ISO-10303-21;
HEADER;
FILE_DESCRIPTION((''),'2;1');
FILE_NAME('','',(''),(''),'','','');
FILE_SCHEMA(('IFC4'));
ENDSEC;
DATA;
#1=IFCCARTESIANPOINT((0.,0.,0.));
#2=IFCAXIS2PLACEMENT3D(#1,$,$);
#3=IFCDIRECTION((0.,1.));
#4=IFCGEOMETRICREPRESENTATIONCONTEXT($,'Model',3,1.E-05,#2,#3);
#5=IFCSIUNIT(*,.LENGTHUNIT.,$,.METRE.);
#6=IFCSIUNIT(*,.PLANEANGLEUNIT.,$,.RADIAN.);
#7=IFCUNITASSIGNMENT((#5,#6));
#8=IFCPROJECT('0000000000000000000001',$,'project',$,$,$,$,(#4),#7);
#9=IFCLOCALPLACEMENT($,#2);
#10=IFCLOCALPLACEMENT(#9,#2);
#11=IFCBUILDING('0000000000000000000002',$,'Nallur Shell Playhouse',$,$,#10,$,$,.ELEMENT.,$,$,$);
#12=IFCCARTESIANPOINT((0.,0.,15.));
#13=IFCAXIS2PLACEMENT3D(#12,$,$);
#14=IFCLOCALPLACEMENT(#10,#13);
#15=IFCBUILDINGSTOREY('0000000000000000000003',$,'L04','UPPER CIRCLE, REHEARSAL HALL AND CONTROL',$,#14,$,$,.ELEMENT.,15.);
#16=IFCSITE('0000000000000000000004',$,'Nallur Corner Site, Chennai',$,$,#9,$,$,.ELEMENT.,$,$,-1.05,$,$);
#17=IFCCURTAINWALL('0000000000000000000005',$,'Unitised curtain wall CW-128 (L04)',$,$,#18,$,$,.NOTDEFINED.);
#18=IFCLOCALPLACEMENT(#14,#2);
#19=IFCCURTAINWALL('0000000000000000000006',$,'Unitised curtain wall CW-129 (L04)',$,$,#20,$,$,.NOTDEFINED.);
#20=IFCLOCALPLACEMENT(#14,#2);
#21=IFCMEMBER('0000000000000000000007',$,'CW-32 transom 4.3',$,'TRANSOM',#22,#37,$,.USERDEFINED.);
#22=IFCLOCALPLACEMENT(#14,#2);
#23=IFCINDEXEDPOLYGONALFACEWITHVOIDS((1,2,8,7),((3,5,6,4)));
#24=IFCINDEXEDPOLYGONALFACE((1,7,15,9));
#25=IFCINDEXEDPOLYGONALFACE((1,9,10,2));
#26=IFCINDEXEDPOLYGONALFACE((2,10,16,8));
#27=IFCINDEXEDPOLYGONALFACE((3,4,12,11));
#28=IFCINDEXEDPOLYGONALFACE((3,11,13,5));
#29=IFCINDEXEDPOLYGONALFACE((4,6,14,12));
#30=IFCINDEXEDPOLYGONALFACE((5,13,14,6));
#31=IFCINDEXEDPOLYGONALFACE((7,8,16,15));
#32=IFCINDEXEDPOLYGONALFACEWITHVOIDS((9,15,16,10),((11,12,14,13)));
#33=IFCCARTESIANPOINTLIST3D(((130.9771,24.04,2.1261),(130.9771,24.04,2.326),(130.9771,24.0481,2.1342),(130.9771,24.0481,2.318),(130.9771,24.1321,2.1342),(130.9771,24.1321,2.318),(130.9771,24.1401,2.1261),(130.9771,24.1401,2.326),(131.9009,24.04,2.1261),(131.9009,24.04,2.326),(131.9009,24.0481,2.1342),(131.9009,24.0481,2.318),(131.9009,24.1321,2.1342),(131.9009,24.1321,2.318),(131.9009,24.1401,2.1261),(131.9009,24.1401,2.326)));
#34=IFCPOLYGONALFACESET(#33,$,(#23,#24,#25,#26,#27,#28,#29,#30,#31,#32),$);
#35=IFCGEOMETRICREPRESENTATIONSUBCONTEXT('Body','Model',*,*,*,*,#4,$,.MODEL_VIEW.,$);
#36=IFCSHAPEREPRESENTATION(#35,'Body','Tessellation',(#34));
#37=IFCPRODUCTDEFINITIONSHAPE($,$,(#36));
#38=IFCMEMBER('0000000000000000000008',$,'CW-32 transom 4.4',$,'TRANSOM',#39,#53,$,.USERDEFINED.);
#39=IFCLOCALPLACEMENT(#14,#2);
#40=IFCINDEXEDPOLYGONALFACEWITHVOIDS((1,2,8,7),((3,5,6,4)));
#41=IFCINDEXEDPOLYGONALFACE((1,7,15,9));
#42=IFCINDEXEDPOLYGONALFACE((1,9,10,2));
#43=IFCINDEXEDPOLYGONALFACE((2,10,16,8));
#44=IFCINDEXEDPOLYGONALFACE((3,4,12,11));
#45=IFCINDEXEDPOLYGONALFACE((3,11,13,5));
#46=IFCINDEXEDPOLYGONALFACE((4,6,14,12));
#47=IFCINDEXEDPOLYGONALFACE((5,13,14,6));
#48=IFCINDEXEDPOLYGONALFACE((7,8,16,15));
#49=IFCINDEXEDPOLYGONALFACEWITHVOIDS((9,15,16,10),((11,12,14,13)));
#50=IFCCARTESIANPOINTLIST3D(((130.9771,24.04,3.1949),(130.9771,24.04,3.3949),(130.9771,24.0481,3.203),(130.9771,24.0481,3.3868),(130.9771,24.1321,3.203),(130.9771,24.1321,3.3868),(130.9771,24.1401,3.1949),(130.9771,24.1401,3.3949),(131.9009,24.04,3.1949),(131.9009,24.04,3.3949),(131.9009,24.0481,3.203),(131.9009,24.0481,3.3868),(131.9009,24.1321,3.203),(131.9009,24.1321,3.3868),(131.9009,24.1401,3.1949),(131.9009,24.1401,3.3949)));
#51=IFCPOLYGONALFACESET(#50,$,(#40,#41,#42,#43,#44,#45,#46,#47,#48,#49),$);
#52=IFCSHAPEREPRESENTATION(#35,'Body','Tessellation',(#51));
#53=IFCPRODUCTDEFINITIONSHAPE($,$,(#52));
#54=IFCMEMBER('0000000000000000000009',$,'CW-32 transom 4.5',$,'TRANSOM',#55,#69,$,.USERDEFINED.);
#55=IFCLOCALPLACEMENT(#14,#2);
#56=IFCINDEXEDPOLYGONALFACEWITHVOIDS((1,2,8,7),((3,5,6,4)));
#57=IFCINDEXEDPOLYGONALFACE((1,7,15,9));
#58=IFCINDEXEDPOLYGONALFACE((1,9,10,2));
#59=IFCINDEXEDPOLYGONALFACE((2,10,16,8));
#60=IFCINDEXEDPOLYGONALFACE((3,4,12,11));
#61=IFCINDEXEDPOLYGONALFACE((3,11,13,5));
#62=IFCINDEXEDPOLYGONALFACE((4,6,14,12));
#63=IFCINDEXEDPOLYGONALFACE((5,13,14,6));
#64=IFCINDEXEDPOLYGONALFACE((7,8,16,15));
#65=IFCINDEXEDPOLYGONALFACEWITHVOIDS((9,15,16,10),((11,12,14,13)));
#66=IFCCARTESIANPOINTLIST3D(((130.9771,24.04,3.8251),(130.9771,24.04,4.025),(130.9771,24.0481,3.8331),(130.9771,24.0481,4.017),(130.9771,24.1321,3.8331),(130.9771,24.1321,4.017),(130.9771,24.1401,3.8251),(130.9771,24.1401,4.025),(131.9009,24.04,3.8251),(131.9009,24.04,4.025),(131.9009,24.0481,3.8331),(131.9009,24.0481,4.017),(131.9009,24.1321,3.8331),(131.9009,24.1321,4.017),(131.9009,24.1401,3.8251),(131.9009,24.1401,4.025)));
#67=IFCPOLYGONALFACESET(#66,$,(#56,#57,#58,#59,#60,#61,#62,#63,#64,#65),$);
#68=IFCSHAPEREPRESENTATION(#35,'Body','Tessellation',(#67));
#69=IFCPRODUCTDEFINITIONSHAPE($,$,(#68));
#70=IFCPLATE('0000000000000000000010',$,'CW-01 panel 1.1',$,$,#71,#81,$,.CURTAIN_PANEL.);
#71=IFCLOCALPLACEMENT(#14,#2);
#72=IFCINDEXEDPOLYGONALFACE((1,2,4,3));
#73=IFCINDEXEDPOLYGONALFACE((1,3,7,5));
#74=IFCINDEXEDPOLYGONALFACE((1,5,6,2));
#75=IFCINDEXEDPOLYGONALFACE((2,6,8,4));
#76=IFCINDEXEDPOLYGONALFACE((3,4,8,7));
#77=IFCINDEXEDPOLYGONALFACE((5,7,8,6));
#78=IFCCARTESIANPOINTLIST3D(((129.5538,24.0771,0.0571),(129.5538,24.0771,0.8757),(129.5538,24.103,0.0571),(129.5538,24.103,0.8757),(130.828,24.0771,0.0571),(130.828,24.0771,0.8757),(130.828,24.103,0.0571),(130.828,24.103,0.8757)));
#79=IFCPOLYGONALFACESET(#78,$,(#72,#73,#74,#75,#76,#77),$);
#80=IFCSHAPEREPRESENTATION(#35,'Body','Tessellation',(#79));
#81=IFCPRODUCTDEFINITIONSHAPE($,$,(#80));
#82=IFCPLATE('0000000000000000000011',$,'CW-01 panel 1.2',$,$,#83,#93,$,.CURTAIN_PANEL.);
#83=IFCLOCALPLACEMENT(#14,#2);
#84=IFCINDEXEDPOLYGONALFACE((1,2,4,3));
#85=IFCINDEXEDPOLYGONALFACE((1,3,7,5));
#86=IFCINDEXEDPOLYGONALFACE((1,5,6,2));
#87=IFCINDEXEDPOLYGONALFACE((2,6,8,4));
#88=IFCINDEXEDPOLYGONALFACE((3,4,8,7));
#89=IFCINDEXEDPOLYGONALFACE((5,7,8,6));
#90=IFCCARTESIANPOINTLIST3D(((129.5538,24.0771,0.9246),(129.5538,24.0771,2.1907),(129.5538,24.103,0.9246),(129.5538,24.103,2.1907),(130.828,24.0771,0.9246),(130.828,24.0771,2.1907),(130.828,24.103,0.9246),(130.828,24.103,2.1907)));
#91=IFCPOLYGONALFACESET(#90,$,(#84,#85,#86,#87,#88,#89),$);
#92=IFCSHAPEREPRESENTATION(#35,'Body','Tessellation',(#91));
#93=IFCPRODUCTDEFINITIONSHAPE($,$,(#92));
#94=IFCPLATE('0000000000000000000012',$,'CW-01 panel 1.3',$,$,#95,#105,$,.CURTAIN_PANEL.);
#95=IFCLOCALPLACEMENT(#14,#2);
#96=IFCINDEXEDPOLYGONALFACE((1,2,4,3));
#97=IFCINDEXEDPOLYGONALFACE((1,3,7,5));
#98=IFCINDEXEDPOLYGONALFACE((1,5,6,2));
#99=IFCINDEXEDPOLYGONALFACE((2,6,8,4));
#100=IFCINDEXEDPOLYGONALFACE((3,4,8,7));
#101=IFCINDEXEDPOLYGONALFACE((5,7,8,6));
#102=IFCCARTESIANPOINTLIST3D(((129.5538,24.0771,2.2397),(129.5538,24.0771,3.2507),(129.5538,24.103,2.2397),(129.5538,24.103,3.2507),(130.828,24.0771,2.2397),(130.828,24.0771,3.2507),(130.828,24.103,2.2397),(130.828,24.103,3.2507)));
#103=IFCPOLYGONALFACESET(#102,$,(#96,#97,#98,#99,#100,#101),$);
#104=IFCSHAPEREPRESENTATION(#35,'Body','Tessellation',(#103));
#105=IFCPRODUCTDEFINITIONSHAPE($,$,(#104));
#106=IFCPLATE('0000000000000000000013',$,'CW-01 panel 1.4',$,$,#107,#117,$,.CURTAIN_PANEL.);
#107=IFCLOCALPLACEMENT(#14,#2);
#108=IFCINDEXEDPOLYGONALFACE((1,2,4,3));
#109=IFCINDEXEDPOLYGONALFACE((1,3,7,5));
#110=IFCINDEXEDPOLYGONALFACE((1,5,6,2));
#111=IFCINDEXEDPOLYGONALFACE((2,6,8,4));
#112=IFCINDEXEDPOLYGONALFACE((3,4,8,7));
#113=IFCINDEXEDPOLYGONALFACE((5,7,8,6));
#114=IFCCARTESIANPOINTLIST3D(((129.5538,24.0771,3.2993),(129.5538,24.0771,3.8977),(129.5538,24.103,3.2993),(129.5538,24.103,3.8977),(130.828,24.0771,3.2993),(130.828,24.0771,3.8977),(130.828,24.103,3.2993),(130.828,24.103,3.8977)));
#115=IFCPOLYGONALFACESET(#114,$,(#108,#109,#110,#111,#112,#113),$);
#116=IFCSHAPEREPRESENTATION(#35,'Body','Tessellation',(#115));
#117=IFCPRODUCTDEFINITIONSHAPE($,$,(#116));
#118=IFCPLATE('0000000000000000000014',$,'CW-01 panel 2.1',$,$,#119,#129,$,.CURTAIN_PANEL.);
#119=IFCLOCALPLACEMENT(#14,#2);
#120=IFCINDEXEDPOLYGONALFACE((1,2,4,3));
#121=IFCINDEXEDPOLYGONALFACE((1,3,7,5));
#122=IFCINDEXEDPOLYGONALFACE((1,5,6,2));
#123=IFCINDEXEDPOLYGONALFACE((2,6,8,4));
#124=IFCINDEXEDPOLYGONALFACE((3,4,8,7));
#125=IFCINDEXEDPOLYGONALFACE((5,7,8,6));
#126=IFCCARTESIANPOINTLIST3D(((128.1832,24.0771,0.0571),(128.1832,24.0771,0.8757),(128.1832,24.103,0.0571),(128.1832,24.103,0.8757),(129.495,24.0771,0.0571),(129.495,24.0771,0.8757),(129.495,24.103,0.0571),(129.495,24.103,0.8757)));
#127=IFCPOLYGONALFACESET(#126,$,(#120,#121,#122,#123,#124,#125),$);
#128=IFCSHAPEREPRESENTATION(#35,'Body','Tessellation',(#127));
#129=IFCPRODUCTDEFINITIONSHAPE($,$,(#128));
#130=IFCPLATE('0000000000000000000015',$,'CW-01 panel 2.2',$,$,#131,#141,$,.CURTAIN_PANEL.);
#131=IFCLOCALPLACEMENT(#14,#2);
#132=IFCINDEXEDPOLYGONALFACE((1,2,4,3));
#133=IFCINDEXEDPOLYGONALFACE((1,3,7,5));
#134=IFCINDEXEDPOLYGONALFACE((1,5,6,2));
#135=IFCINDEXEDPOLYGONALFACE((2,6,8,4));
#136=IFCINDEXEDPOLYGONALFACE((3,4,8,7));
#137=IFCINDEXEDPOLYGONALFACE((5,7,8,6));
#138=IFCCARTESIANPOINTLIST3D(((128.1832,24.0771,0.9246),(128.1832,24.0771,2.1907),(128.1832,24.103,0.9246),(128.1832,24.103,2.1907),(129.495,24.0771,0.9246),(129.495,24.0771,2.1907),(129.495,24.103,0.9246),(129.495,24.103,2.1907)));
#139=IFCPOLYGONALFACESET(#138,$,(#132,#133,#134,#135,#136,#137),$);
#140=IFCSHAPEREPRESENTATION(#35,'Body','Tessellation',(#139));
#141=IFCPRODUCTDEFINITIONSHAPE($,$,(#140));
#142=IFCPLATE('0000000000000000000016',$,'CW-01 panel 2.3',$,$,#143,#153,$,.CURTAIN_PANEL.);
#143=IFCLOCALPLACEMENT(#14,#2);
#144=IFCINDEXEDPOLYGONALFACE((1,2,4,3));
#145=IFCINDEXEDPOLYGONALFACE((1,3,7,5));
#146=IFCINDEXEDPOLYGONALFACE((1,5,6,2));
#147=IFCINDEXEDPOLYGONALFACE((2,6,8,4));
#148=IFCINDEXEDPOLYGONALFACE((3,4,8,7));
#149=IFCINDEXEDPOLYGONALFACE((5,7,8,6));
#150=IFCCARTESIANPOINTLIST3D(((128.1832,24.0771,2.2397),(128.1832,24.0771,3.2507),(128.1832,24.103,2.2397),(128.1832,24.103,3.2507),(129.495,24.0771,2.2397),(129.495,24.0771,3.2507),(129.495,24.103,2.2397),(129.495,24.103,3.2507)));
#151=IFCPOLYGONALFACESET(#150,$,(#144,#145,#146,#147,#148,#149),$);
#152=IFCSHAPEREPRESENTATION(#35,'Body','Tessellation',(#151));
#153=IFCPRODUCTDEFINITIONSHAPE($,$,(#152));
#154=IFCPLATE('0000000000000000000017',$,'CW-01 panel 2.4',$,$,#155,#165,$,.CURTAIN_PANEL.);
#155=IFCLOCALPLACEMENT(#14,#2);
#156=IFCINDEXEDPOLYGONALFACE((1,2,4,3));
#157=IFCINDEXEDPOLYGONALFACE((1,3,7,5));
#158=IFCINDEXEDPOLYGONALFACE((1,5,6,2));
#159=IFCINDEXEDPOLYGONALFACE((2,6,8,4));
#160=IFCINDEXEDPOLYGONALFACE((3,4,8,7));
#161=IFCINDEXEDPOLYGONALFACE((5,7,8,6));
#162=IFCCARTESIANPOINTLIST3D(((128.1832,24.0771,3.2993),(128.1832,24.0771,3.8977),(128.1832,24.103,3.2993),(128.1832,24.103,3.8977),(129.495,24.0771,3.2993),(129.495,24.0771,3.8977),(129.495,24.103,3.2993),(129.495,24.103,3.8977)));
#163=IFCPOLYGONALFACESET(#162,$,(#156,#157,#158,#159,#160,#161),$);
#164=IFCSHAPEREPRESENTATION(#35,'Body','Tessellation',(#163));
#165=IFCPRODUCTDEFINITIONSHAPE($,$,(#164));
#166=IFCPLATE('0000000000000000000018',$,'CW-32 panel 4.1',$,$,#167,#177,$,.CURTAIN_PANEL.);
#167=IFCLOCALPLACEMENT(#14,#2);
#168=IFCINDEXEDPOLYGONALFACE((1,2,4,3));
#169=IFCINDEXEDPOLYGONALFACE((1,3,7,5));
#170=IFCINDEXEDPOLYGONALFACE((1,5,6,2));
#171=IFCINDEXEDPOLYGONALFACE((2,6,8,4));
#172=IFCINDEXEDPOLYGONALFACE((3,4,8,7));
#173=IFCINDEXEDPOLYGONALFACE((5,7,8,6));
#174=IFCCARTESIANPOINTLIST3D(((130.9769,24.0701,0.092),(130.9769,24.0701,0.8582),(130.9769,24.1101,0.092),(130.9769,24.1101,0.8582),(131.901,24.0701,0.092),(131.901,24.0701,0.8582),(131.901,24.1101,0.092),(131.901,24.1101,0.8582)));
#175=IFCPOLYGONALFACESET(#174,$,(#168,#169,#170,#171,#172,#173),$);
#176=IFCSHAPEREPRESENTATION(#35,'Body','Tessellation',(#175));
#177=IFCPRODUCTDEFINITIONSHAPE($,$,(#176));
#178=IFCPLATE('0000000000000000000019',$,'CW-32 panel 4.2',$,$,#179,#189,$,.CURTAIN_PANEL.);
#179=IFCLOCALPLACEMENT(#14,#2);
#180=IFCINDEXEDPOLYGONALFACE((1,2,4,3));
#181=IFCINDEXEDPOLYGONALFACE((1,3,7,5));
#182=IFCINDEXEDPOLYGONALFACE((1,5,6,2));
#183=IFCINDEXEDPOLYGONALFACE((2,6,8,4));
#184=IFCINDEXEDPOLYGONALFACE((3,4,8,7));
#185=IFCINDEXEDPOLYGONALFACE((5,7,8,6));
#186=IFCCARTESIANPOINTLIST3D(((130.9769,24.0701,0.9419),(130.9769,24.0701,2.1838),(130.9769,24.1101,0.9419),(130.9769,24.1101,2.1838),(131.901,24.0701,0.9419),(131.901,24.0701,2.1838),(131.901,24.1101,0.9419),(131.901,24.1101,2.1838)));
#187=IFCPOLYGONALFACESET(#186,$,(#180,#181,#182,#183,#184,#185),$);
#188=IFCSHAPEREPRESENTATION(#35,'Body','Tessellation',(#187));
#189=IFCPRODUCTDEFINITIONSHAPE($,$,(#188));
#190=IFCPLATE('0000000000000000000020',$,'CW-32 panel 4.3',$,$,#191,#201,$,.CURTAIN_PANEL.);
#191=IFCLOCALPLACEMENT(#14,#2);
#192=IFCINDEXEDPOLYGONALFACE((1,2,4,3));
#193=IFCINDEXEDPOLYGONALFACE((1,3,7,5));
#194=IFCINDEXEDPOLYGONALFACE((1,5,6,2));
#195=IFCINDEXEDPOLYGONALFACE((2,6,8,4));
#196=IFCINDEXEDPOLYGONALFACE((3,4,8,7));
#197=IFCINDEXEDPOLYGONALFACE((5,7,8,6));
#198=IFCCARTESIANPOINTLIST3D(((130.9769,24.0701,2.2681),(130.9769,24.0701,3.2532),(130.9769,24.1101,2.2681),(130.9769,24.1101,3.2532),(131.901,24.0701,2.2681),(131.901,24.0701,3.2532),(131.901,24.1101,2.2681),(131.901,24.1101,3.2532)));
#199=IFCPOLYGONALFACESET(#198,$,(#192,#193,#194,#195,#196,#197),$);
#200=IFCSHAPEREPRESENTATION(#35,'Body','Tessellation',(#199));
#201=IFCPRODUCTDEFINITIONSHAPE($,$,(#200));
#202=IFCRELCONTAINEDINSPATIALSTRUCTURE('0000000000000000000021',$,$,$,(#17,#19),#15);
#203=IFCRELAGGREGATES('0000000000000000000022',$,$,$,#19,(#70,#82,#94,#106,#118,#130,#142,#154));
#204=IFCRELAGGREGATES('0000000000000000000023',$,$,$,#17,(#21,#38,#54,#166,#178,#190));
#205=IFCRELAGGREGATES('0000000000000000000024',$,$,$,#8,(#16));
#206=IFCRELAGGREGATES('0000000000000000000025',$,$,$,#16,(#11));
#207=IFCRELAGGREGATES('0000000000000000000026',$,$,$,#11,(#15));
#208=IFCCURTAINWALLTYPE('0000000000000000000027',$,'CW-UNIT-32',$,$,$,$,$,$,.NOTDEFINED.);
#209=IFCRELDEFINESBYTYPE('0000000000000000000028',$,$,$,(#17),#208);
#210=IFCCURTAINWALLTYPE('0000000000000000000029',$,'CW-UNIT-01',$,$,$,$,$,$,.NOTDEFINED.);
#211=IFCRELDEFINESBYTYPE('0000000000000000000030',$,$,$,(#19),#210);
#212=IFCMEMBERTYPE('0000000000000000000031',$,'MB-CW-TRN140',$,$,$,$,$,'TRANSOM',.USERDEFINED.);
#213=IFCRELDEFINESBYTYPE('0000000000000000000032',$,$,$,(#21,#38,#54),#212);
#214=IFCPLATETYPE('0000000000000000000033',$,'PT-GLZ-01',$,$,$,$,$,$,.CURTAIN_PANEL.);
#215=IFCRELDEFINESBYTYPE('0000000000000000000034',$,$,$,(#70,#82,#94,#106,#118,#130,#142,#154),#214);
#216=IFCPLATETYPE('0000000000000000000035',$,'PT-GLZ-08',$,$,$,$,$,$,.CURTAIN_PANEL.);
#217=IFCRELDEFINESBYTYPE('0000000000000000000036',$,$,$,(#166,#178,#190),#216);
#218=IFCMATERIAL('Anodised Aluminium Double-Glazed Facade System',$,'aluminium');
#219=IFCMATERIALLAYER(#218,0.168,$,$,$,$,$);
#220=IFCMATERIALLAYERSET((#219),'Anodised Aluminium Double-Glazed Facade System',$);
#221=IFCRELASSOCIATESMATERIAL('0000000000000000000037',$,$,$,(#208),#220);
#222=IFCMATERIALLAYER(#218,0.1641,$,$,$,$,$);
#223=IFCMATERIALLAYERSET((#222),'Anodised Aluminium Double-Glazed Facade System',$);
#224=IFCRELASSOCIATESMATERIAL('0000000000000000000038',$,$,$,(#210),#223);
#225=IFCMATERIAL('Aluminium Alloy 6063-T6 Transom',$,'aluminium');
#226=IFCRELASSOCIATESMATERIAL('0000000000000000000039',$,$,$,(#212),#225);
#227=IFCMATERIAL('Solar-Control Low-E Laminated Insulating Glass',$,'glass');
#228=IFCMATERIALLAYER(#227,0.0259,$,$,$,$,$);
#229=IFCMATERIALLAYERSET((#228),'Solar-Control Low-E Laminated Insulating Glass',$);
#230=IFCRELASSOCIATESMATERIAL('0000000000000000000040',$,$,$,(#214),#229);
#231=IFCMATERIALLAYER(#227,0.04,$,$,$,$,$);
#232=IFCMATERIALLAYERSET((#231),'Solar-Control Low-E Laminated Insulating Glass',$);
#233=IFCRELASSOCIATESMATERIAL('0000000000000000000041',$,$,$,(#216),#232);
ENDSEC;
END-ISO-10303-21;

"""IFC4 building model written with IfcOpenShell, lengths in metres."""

from ifc_helpers import new_model, si_unit, direction, frame, origin, origin_2d, place, context, subcontext, project, spatial, rectangle, hollow_rectangle, extrude, material, layer, layer_set, material_profile, profile_set, type_object, element, aggregate, save


model = new_model("IFC4")

# Units and contexts
model_context = context("Model", 3, precision=1e-05, world=origin(), true_north=direction((0.0, 1.0)))
body_context = subcontext(model_context, "Body", "Model", "MODEL_VIEW")
ifc_project = project(units=[si_unit("LENGTHUNIT", "METRE"), si_unit("PLANEANGLEUNIT", "RADIAN")], contexts=[model_context])

# Site, building, storey
site_placement = place(None, origin())
site = spatial("IfcSite", under=ifc_project, at=site_placement, Name="Nallur Corner Site, Chennai", CompositionType="ELEMENT", RefElevation=-1.05)
building_placement = place(site_placement, origin())
building = spatial("IfcBuilding", under=site, at=building_placement, Name="Nallur Shell Playhouse", CompositionType="ELEMENT")
storey_placement = place(building_placement, frame((0.0, 0.0, 15.0)))
storey = spatial("IfcBuildingStorey", under=building, at=storey_placement, Name="L04", Description="UPPER CIRCLE, REHEARSAL HALL AND CONTROL", CompositionType="ELEMENT", Elevation=15.0)

# Curtain wall
ifc_material_1 = material(Name="Anodised Aluminium Double-Glazed Facade System", Category="aluminium")
ifc_layer_1 = layer(ifc_material_1, 0.168)
ifc_layer_set_1 = layer_set([ifc_layer_1], Name="Anodised Aluminium Double-Glazed Facade System")
curtain_wall_type_1 = type_object("IfcCurtainWallType", Name="CW-UNIT-32", PredefinedType="NOTDEFINED", material=ifc_layer_set_1)
curtain_wall_1_placement = place(storey_placement, origin())
curtain_wall_1 = element("IfcCurtainWall", 1, at=curtain_wall_1_placement, inside=storey, type_object=curtain_wall_type_1, Name="Unitised curtain wall CW-128 (L04)", PredefinedType="NOTDEFINED")

# Curtain wall
ifc_layer_2 = layer(ifc_material_1, 0.1641)
ifc_layer_set_2 = layer_set([ifc_layer_2], Name="Anodised Aluminium Double-Glazed Facade System")
curtain_wall_type_2 = type_object("IfcCurtainWallType", Name="CW-UNIT-01", PredefinedType="NOTDEFINED", material=ifc_layer_set_2)
curtain_wall_2_placement = place(storey_placement, origin())
curtain_wall_2 = element("IfcCurtainWall", 2, at=curtain_wall_2_placement, inside=storey, type_object=curtain_wall_type_2, Name="Unitised curtain wall CW-129 (L04)", PredefinedType="NOTDEFINED")
ifc_material_2 = material(Name="Aluminium Alloy 6063-T6 Transom", Category="aluminium")

# Members
ifc_material_profile_1 = material_profile(ifc_material_2, hollow_rectangle(XDim=0.1001, YDim=0.2, WallThickness=0.0081, at=origin_2d()), Name="RHS 200x100x8")
ifc_profile_set_1 = profile_set([ifc_material_profile_1], Name="Aluminium Alloy 6063-T6 Transom")
member_type_1 = type_object("IfcMemberType", Name="MB-CW-TRN140", ElementType="TRANSOM", PredefinedType="USERDEFINED", material=ifc_profile_set_1)
member_1_placement = place(storey_placement, frame((131.9009, 24.0901, 2.2261), z_axis=(-1.0, 0.0, 0.0), x_axis=(0.0, -1.0, 0.0)))
member_1 = element("IfcMember", 3, at=member_1_placement, type_object=member_type_1, Name="CW-32 transom 4.3", ObjectType="TRANSOM", PredefinedType="USERDEFINED", context=body_context, shape_type="SweptSolid", body=[
    extrude(hollow_rectangle(XDim=0.1001, YDim=0.2, WallThickness=0.0081, at=origin_2d()), origin(), (0.0, 0.0, 1.0), 0.9238),
])
member_2_placement = place(storey_placement, frame((131.9009, 24.0901, 3.2949), z_axis=(-1.0, 0.0, 0.0), x_axis=(0.0, -1.0, 0.0)))
member_2 = element("IfcMember", 4, at=member_2_placement, type_object=member_type_1, Name="CW-32 transom 4.4", ObjectType="TRANSOM", PredefinedType="USERDEFINED", context=body_context, shape_type="SweptSolid", body=[
    extrude(hollow_rectangle(XDim=0.1001, YDim=0.2, WallThickness=0.0081, at=origin_2d()), origin(), (0.0, 0.0, 1.0), 0.9238),
])
member_3_placement = place(storey_placement, frame((131.9009, 24.0901, 3.925), z_axis=(-1.0, 0.0, 0.0), x_axis=(0.0, -1.0, 0.0)))
member_3 = element("IfcMember", 5, at=member_3_placement, type_object=member_type_1, Name="CW-32 transom 4.5", ObjectType="TRANSOM", PredefinedType="USERDEFINED", context=body_context, shape_type="SweptSolid", body=[
    extrude(hollow_rectangle(XDim=0.1001, YDim=0.2, WallThickness=0.0081, at=origin_2d()), origin(), (0.0, 0.0, 1.0), 0.9238),
])

# Plates
ifc_material_3 = material(Name="Solar-Control Low-E Laminated Insulating Glass", Category="glass")
ifc_layer_3 = layer(ifc_material_3, 0.0259)
ifc_layer_set_3 = layer_set([ifc_layer_3], Name="Solar-Control Low-E Laminated Insulating Glass")
plate_type_1 = type_object("IfcPlateType", Name="PT-GLZ-01", PredefinedType="CURTAIN_PANEL", material=ifc_layer_set_3)
plate_1_placement = place(storey_placement, frame((130.1909, 24.0901, 0.0571), z_axis=(0.0, 0.0, 1.0), x_axis=(-1.0, 0.0, 0.0)))
plate_1 = element("IfcPlate", 6, at=plate_1_placement, type_object=plate_type_1, Name="CW-01 panel 1.1", PredefinedType="CURTAIN_PANEL", context=body_context, shape_type="SweptSolid", body=[
    extrude(rectangle(XDim=1.2742, YDim=0.0259, at=origin_2d()), origin(), (0.0, 0.0, 1.0), 0.8186),
])
plate_2_placement = place(storey_placement, frame((130.1909, 24.0901, 0.9246), z_axis=(0.0, 0.0, 1.0), x_axis=(-1.0, 0.0, 0.0)))
plate_2 = element("IfcPlate", 7, at=plate_2_placement, type_object=plate_type_1, Name="CW-01 panel 1.2", PredefinedType="CURTAIN_PANEL", context=body_context, shape_type="SweptSolid", body=[
    extrude(rectangle(XDim=1.2742, YDim=0.0259, at=origin_2d()), origin(), (0.0, 0.0, 1.0), 1.2661),
])
plate_3_placement = place(storey_placement, frame((130.1909, 24.0901, 2.2397), z_axis=(0.0, 0.0, 1.0), x_axis=(-1.0, 0.0, 0.0)))
plate_3 = element("IfcPlate", 8, at=plate_3_placement, type_object=plate_type_1, Name="CW-01 panel 1.3", PredefinedType="CURTAIN_PANEL", context=body_context, shape_type="SweptSolid", body=[
    extrude(rectangle(XDim=1.2742, YDim=0.0259, at=origin_2d()), origin(), (0.0, 0.0, 1.0), 1.011),
])
plate_4_placement = place(storey_placement, frame((130.1909, 24.0901, 3.2993), z_axis=(0.0, 0.0, 1.0), x_axis=(-1.0, 0.0, 0.0)))
plate_4 = element("IfcPlate", 9, at=plate_4_placement, type_object=plate_type_1, Name="CW-01 panel 1.4", PredefinedType="CURTAIN_PANEL", context=body_context, shape_type="SweptSolid", body=[
    extrude(rectangle(XDim=1.2742, YDim=0.0259, at=origin_2d()), origin(), (0.0, 0.0, 1.0), 0.5984),
])
plate_5_placement = place(storey_placement, frame((128.8391, 24.0901, 0.0571), z_axis=(0.0, 0.0, 1.0), x_axis=(-1.0, 0.0, 0.0)))
plate_5 = element("IfcPlate", 10, at=plate_5_placement, type_object=plate_type_1, Name="CW-01 panel 2.1", PredefinedType="CURTAIN_PANEL", context=body_context, shape_type="SweptSolid", body=[
    extrude(rectangle(XDim=1.3118, YDim=0.0259, at=origin_2d()), origin(), (0.0, 0.0, 1.0), 0.8186),
])
plate_6_placement = place(storey_placement, frame((128.8391, 24.0901, 0.9246), z_axis=(0.0, 0.0, 1.0), x_axis=(-1.0, 0.0, 0.0)))
plate_6 = element("IfcPlate", 11, at=plate_6_placement, type_object=plate_type_1, Name="CW-01 panel 2.2", PredefinedType="CURTAIN_PANEL", context=body_context, shape_type="SweptSolid", body=[
    extrude(rectangle(XDim=1.3118, YDim=0.0259, at=origin_2d()), origin(), (0.0, 0.0, 1.0), 1.2661),
])
plate_7_placement = place(storey_placement, frame((128.8391, 24.0901, 2.2397), z_axis=(0.0, 0.0, 1.0), x_axis=(-1.0, 0.0, 0.0)))
plate_7 = element("IfcPlate", 12, at=plate_7_placement, type_object=plate_type_1, Name="CW-01 panel 2.3", PredefinedType="CURTAIN_PANEL", context=body_context, shape_type="SweptSolid", body=[
    extrude(rectangle(XDim=1.3118, YDim=0.0259, at=origin_2d()), origin(), (0.0, 0.0, 1.0), 1.011),
])
plate_8_placement = place(storey_placement, frame((128.8391, 24.0901, 3.2993), z_axis=(0.0, 0.0, 1.0), x_axis=(-1.0, 0.0, 0.0)))
plate_8 = element("IfcPlate", 13, at=plate_8_placement, type_object=plate_type_1, Name="CW-01 panel 2.4", PredefinedType="CURTAIN_PANEL", context=body_context, shape_type="SweptSolid", body=[
    extrude(rectangle(XDim=1.3118, YDim=0.0259, at=origin_2d()), origin(), (0.0, 0.0, 1.0), 0.5984),
])
aggregate(curtain_wall_2, [plate_1, plate_2, plate_3, plate_4, plate_5, plate_6, plate_7, plate_8])
ifc_layer_4 = layer(ifc_material_3, 0.04)
ifc_layer_set_4 = layer_set([ifc_layer_4], Name="Solar-Control Low-E Laminated Insulating Glass")
plate_type_2 = type_object("IfcPlateType", Name="PT-GLZ-08", PredefinedType="CURTAIN_PANEL", material=ifc_layer_set_4)
plate_9_placement = place(storey_placement, frame((131.439, 24.0901, 0.092), z_axis=(0.0, 0.0, 1.0), x_axis=(-1.0, 0.0, 0.0)))
plate_9 = element("IfcPlate", 14, at=plate_9_placement, type_object=plate_type_2, Name="CW-32 panel 4.1", PredefinedType="CURTAIN_PANEL", context=body_context, shape_type="SweptSolid", body=[
    extrude(rectangle(XDim=0.9241, YDim=0.04, at=origin_2d()), origin(), (0.0, 0.0, 1.0), 0.7661),
])
plate_10_placement = place(storey_placement, frame((131.439, 24.0901, 0.9419), z_axis=(0.0, 0.0, 1.0), x_axis=(-1.0, 0.0, 0.0)))
plate_10 = element("IfcPlate", 15, at=plate_10_placement, type_object=plate_type_2, Name="CW-32 panel 4.2", PredefinedType="CURTAIN_PANEL", context=body_context, shape_type="SweptSolid", body=[
    extrude(rectangle(XDim=0.9241, YDim=0.04, at=origin_2d()), origin(), (0.0, 0.0, 1.0), 1.2419),
])
plate_11_placement = place(storey_placement, frame((131.439, 24.0901, 2.2681), z_axis=(0.0, 0.0, 1.0), x_axis=(-1.0, 0.0, 0.0)))
plate_11 = element("IfcPlate", 16, at=plate_11_placement, type_object=plate_type_2, Name="CW-32 panel 4.3", PredefinedType="CURTAIN_PANEL", context=body_context, shape_type="SweptSolid", body=[
    extrude(rectangle(XDim=0.9241, YDim=0.04, at=origin_2d()), origin(), (0.0, 0.0, 1.0), 0.9851),
])
aggregate(curtain_wall_1, [member_1, member_2, member_3, plate_9, plate_10, plate_11])

save(model, "model.ifc")
